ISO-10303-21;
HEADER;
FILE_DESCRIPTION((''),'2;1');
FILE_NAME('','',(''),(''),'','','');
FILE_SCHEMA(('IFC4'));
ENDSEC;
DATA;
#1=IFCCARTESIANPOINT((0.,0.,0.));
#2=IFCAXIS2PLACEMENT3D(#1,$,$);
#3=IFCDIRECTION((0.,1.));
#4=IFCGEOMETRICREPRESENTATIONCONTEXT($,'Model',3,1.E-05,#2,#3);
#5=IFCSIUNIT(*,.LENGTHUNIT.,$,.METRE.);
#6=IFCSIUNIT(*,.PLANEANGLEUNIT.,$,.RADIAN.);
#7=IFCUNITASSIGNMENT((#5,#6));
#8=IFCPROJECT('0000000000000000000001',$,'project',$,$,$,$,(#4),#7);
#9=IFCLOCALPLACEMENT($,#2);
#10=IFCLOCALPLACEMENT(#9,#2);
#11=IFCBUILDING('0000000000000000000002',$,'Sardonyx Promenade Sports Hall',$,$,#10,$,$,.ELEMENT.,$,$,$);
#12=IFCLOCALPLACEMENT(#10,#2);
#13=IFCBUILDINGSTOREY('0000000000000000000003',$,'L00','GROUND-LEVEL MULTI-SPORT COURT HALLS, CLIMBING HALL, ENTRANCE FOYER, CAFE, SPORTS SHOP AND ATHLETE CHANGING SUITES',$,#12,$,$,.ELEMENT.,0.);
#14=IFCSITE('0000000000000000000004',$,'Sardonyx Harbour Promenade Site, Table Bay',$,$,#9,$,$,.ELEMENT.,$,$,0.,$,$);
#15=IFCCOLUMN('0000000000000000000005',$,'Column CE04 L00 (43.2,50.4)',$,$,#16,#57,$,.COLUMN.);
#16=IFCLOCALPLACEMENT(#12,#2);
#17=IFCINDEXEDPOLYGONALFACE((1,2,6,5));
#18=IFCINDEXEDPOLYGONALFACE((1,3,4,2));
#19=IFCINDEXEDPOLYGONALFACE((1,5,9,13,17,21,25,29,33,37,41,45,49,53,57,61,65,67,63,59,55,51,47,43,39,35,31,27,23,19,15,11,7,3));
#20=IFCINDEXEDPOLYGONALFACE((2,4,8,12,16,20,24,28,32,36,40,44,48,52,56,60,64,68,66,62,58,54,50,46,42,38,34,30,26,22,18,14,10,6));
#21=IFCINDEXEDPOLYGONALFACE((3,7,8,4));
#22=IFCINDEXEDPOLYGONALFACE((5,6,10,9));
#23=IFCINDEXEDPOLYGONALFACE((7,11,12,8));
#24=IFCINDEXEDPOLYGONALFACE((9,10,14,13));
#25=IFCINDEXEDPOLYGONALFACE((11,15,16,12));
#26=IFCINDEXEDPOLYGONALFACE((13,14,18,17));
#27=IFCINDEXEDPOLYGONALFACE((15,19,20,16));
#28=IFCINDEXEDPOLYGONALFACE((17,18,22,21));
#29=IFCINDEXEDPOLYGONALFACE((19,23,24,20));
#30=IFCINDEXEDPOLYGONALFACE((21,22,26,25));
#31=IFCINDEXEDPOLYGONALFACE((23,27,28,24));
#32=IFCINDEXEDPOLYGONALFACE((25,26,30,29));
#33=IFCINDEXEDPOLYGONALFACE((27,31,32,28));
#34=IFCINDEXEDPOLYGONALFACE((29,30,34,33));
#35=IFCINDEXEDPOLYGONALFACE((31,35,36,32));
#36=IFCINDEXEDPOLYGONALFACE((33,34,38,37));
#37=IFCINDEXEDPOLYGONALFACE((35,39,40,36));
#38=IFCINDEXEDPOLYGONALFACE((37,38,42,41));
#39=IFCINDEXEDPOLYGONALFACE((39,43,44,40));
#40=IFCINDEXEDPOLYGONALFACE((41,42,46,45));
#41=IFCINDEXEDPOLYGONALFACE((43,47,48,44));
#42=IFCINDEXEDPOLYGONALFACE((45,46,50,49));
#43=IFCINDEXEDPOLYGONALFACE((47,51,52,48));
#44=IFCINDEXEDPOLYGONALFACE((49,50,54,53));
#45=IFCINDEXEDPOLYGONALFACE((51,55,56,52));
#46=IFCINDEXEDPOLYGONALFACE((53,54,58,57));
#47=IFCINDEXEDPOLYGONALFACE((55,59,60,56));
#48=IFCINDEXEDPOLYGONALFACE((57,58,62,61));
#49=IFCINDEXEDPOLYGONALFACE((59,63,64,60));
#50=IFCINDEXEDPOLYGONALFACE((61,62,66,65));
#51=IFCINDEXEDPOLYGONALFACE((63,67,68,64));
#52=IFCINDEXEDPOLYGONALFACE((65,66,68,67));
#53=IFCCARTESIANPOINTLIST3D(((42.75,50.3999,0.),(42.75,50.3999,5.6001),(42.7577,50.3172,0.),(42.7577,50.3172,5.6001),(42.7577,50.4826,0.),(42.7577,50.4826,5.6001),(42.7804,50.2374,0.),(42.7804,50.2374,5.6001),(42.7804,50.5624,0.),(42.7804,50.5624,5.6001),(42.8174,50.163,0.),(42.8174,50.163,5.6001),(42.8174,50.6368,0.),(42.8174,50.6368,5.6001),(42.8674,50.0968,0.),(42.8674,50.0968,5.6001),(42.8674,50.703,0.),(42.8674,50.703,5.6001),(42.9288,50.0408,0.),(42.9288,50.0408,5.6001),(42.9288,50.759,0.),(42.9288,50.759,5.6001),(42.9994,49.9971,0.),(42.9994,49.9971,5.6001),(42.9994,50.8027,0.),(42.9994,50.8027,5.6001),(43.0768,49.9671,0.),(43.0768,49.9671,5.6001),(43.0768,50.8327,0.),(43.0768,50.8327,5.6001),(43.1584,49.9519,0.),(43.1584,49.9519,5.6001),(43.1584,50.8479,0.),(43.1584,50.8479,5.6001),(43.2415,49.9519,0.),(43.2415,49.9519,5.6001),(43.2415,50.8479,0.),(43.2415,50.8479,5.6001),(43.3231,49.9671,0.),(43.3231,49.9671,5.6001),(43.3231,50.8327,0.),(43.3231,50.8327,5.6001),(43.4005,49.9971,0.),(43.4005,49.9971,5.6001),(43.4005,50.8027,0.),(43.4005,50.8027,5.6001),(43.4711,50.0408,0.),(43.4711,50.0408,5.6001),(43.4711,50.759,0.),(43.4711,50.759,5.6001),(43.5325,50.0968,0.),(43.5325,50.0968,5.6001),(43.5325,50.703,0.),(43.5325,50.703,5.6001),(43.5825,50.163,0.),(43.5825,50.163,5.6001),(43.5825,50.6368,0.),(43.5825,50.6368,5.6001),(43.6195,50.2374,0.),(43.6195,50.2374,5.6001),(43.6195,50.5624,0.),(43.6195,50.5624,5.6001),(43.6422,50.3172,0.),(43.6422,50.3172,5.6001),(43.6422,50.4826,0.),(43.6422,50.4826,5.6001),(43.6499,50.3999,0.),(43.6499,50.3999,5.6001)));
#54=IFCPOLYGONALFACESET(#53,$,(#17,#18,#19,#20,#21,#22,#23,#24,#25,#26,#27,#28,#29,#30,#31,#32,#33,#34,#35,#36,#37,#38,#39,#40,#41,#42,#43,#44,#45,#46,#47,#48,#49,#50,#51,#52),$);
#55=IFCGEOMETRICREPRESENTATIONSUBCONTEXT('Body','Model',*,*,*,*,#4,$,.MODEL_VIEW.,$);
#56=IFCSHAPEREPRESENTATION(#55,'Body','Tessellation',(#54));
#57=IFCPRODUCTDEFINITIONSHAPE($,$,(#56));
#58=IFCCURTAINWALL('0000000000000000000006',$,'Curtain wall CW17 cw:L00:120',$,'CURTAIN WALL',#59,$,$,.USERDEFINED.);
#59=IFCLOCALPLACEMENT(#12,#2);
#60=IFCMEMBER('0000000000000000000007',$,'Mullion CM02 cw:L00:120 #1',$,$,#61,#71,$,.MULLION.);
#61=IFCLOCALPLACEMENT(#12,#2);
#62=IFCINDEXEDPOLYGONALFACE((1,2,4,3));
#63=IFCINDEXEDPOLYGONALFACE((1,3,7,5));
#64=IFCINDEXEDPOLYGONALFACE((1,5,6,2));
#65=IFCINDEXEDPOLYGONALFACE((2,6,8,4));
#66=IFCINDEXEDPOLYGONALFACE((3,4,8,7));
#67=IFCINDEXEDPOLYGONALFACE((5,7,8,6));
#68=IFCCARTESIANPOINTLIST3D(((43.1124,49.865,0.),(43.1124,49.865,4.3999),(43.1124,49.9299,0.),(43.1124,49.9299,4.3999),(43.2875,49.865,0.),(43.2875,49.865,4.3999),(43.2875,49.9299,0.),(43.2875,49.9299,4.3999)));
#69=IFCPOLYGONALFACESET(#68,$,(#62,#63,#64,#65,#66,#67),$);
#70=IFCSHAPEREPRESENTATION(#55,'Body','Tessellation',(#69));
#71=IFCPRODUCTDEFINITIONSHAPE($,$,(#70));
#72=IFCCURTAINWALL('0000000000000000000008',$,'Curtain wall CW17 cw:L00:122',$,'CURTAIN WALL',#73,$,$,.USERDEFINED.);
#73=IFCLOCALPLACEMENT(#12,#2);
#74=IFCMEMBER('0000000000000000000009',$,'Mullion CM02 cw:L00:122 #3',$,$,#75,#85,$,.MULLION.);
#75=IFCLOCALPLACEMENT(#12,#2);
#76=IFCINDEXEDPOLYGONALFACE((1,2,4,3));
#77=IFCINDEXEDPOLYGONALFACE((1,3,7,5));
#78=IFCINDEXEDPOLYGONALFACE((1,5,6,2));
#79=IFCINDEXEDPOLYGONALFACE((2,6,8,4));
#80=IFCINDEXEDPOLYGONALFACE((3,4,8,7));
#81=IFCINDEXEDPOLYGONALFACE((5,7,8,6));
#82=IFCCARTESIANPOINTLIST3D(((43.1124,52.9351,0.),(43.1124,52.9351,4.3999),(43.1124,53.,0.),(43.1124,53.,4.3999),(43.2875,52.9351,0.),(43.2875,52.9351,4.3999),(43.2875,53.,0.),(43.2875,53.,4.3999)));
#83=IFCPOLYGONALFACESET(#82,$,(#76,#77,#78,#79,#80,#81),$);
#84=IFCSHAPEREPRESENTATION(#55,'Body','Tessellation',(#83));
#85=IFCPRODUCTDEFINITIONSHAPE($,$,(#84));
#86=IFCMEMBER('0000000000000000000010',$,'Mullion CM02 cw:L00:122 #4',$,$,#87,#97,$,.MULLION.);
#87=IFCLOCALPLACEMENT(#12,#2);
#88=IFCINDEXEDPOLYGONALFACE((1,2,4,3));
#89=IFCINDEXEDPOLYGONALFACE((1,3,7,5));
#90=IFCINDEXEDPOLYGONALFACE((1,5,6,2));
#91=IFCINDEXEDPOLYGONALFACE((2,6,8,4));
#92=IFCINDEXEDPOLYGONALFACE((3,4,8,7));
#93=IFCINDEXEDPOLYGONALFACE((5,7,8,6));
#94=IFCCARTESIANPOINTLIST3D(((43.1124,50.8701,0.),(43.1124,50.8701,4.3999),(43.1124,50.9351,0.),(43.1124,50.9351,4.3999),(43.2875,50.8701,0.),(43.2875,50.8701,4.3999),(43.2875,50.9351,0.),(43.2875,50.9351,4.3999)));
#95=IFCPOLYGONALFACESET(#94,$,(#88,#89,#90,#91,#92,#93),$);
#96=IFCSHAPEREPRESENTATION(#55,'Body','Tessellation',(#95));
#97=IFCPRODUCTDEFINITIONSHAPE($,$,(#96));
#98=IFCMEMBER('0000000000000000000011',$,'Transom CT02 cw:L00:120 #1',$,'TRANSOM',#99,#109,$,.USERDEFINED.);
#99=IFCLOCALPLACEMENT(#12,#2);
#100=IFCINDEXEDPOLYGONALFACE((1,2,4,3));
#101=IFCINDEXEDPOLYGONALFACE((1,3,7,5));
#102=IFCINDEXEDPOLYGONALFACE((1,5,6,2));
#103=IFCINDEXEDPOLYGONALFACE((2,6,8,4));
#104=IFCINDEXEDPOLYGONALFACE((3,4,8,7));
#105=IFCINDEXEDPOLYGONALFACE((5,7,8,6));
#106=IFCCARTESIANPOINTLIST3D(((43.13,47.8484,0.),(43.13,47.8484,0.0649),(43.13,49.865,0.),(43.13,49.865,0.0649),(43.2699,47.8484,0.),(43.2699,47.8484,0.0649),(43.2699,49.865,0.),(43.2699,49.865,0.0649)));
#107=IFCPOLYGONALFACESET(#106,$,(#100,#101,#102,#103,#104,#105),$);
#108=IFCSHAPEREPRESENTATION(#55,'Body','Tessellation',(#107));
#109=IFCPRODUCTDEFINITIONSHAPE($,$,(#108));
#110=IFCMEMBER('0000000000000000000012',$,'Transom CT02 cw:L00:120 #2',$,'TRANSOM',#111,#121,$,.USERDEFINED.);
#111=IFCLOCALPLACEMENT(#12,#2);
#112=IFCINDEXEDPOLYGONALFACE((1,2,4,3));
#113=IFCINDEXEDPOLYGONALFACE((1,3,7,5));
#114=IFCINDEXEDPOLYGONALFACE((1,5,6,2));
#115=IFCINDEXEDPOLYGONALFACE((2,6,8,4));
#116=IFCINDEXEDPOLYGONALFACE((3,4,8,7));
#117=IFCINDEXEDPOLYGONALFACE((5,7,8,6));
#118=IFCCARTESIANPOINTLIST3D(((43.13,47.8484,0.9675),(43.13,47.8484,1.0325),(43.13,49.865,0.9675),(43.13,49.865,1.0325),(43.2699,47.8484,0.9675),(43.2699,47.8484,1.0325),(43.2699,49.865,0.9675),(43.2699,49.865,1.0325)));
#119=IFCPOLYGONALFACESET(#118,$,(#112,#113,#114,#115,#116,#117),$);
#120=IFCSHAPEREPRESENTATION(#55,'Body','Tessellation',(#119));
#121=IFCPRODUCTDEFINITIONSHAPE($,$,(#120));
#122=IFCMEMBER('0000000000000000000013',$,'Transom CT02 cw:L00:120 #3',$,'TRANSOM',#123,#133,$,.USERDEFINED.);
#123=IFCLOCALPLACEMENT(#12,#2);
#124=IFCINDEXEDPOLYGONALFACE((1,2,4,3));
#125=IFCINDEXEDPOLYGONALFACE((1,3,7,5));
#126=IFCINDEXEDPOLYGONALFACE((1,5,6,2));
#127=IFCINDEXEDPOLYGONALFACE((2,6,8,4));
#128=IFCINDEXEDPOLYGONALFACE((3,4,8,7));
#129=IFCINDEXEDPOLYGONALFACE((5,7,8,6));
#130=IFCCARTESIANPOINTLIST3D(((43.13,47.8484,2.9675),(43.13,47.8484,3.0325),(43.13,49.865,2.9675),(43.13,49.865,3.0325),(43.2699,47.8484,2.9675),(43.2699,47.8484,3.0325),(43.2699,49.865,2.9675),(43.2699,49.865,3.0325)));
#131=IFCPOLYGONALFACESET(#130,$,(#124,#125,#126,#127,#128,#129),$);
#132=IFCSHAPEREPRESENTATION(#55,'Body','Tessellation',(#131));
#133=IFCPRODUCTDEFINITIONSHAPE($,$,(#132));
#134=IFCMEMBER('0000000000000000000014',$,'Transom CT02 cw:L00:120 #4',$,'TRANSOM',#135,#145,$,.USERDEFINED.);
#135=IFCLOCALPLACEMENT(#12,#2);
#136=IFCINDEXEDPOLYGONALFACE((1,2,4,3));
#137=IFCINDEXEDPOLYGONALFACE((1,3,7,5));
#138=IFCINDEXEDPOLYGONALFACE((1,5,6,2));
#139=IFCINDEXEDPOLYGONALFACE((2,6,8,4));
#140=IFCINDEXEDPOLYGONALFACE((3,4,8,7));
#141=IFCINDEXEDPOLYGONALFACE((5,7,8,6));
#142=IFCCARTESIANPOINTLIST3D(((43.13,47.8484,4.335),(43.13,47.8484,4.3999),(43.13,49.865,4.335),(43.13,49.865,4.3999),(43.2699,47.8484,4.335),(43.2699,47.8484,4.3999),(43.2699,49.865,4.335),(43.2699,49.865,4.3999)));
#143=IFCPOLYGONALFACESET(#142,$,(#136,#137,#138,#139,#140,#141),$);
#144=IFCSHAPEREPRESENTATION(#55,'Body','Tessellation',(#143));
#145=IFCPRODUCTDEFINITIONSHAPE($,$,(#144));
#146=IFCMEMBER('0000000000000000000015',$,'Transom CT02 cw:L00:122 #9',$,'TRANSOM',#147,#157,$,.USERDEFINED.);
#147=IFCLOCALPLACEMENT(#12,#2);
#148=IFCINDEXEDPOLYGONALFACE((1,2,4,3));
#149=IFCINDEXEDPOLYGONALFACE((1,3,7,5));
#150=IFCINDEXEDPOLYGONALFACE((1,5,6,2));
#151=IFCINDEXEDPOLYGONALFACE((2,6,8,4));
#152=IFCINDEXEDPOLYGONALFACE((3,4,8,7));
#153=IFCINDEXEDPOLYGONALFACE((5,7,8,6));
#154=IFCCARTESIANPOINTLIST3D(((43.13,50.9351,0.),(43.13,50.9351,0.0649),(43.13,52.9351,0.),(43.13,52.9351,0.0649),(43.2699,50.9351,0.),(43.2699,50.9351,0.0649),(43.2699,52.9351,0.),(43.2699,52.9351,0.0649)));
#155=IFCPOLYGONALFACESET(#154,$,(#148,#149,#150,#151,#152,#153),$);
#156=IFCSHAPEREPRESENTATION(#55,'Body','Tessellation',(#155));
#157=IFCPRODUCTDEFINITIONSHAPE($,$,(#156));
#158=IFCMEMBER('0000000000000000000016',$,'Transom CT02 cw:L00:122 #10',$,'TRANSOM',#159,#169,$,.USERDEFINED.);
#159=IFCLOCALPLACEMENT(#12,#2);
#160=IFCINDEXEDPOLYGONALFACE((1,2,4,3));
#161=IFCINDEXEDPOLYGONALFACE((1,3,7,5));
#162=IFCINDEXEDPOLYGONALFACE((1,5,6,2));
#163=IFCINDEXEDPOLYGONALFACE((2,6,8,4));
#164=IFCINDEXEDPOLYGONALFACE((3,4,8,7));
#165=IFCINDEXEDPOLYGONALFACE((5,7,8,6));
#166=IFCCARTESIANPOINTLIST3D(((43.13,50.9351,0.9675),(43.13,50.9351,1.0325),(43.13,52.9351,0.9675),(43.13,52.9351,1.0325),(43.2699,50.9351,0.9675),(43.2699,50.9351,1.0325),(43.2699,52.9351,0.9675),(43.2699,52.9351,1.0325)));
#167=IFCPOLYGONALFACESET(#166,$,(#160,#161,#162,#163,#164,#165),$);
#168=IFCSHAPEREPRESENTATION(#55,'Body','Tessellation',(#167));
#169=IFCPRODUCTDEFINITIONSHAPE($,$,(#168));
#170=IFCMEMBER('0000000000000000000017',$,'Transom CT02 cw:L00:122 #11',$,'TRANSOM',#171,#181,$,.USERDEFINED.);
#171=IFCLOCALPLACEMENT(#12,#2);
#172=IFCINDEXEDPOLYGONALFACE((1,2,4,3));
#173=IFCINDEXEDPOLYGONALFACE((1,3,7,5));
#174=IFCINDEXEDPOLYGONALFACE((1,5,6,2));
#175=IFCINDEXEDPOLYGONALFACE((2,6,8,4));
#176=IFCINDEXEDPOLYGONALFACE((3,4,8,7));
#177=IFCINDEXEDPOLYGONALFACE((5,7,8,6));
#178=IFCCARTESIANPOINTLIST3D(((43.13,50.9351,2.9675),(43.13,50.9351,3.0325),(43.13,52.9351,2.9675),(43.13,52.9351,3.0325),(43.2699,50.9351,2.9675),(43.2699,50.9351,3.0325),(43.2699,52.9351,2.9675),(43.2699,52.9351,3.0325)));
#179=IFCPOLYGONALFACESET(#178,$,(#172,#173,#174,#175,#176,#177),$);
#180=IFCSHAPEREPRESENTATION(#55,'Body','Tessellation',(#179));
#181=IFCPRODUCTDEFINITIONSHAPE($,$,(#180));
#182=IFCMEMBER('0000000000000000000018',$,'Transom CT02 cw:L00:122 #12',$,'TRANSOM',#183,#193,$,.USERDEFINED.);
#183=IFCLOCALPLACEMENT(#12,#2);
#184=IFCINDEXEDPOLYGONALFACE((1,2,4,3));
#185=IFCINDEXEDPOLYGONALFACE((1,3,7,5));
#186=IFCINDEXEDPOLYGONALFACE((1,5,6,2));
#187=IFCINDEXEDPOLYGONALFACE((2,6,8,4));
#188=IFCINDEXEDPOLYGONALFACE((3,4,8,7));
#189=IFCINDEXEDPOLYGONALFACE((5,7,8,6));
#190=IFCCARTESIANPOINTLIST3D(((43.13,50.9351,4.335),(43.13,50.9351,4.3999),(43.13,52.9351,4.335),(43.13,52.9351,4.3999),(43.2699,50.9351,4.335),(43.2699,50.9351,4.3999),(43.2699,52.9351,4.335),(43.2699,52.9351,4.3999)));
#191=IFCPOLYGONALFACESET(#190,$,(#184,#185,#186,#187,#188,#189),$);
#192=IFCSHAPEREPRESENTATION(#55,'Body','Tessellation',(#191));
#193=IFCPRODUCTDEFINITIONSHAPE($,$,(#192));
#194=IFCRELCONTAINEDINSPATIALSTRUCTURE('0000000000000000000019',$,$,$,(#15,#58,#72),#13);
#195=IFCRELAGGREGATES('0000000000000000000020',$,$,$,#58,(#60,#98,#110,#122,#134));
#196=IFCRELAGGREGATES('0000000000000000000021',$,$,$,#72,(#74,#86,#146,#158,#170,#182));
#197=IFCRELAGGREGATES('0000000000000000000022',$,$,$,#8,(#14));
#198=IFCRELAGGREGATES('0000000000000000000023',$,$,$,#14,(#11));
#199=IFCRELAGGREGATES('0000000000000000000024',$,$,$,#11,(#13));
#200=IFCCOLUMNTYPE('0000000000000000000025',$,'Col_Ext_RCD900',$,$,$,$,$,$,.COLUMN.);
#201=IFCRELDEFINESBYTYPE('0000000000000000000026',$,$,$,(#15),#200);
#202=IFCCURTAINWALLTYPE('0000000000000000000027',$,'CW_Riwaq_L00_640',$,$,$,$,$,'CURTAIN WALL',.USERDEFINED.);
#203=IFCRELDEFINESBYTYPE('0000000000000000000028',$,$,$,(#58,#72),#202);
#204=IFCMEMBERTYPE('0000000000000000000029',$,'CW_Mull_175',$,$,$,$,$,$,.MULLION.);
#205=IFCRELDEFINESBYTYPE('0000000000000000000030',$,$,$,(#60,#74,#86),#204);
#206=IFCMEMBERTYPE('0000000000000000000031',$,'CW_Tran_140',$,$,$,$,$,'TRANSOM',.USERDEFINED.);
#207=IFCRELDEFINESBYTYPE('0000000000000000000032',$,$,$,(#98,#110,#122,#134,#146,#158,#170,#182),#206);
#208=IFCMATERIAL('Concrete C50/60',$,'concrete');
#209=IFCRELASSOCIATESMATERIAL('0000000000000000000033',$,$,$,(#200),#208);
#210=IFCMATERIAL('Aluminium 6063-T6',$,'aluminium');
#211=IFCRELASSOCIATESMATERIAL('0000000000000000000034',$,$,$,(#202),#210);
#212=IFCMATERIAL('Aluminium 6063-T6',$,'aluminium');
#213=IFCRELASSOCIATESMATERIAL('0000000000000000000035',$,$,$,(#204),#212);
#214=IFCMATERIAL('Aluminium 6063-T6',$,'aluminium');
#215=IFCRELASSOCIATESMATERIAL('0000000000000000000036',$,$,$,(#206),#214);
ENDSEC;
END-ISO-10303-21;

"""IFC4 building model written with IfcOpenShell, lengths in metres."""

from ifc_helpers import new_model, si_unit, direction, frame, origin, origin_2d, place, context, subcontext, project, spatial, rectangle, circle, extrude, material, material_profile, profile_set, type_object, element, aggregate, save


model = new_model("IFC4")

# Units and contexts
model_context = context("Model", 3, precision=1e-05, world=origin(), true_north=direction((0.0, 1.0)))
body_context = subcontext(model_context, "Body", "Model", "MODEL_VIEW")
ifc_project = project(units=[si_unit("LENGTHUNIT", "METRE"), si_unit("PLANEANGLEUNIT", "RADIAN")], contexts=[model_context])

# Site, building, storey
site_placement = place(None, origin())
site = spatial("IfcSite", under=ifc_project, at=site_placement, Name="Sardonyx Harbour Promenade Site, Table Bay", CompositionType="ELEMENT", RefElevation=0.0)
building_placement = place(site_placement, origin())
building = spatial("IfcBuilding", under=site, at=building_placement, Name="Sardonyx Promenade Sports Hall", CompositionType="ELEMENT")
storey_placement = place(building_placement, origin())
storey = spatial("IfcBuildingStorey", under=building, at=storey_placement, Name="L00", Description="GROUND-LEVEL MULTI-SPORT COURT HALLS, CLIMBING HALL, ENTRANCE FOYER, CAFE, SPORTS SHOP AND ATHLETE CHANGING SUITES", CompositionType="ELEMENT", Elevation=0.0)

# Column
ifc_material_1 = material(Name="Concrete C50/60", Category="concrete")
ifc_material_profile_1 = material_profile(ifc_material_1, circle(Radius=0.45, at=origin_2d()))
ifc_profile_set_1 = profile_set([ifc_material_profile_1], Name="Concrete C50/60")
column_type = type_object("IfcColumnType", Name="Col_Ext_RCD900", PredefinedType="COLUMN", material=ifc_profile_set_1)
column_placement = place(storey_placement, frame((43.2, 50.3999, 0.0), z_axis=(0.0, 0.0, 1.0), x_axis=(1.0, 0.0, 0.0)))
element("IfcColumn", 1, at=column_placement, inside=storey, type_object=column_type, Name="Column CE04 L00 (43.2,50.4)", PredefinedType="COLUMN", context=body_context, shape_type="SweptSolid", body=[
    extrude(circle(Radius=0.45, at=origin_2d()), origin(), (0.0, 0.0, 1.0), 5.6001),
])

# Curtain wall, member
ifc_material_2 = material(Name="Aluminium 6063-T6", Category="aluminium")
curtain_wall_type = type_object("IfcCurtainWallType", Name="CW_Riwaq_L00_640", ElementType="CURTAIN WALL", PredefinedType="USERDEFINED", material=ifc_material_2)
curtain_wall_1_placement = place(storey_placement, origin())
curtain_wall_1 = element("IfcCurtainWall", 2, at=curtain_wall_1_placement, inside=storey, type_object=curtain_wall_type, Name="Curtain wall CW17 cw:L00:120", ObjectType="CURTAIN WALL", PredefinedType="USERDEFINED")
ifc_material_3 = material(Name="Aluminium 6063-T6", Category="aluminium")
ifc_material_profile_2 = material_profile(ifc_material_3, rectangle(XDim=0.0649, YDim=0.175, at=origin_2d()))
ifc_profile_set_2 = profile_set([ifc_material_profile_2], Name="Aluminium 6063-T6")
member_type_1 = type_object("IfcMemberType", Name="CW_Mull_175", PredefinedType="MULLION", material=ifc_profile_set_2)
member_1_placement = place(storey_placement, frame((43.2, 49.8975, 0.0), z_axis=(0.0, 0.0, 1.0), x_axis=(0.0, -1.0, 0.0)))
member_1 = element("IfcMember", 3, at=member_1_placement, type_object=member_type_1, Name="Mullion CM02 cw:L00:120 #1", PredefinedType="MULLION", context=body_context, shape_type="SweptSolid", body=[
    extrude(rectangle(XDim=0.0649, YDim=0.175, at=origin_2d()), origin(), (0.0, 0.0, 1.0), 4.3999),
])

# Curtain wall, members
curtain_wall_2_placement = place(storey_placement, origin())
curtain_wall_2 = element("IfcCurtainWall", 4, at=curtain_wall_2_placement, inside=storey, type_object=curtain_wall_type, Name="Curtain wall CW17 cw:L00:122", ObjectType="CURTAIN WALL", PredefinedType="USERDEFINED")
member_2_placement = place(storey_placement, frame((43.2, 52.9675, 0.0), z_axis=(0.0, 0.0, 1.0), x_axis=(0.0, -1.0, 0.0)))
member_2 = element("IfcMember", 5, at=member_2_placement, type_object=member_type_1, Name="Mullion CM02 cw:L00:122 #3", PredefinedType="MULLION", context=body_context, shape_type="SweptSolid", body=[
    extrude(rectangle(XDim=0.0649, YDim=0.175, at=origin_2d()), origin(), (0.0, 0.0, 1.0), 4.3999),
])
member_3_placement = place(storey_placement, frame((43.2, 50.9026, 0.0), z_axis=(0.0, 0.0, 1.0), x_axis=(0.0, -1.0, 0.0)))
member_3 = element("IfcMember", 6, at=member_3_placement, type_object=member_type_1, Name="Mullion CM02 cw:L00:122 #4", PredefinedType="MULLION", context=body_context, shape_type="SweptSolid", body=[
    extrude(rectangle(XDim=0.0649, YDim=0.175, at=origin_2d()), origin(), (0.0, 0.0, 1.0), 4.3999),
])

# Members
ifc_material_4 = material(Name="Aluminium 6063-T6", Category="aluminium")
ifc_material_profile_3 = material_profile(ifc_material_4, rectangle(XDim=0.0649, YDim=0.1399, at=origin_2d()))
ifc_profile_set_3 = profile_set([ifc_material_profile_3], Name="Aluminium 6063-T6")
member_type_2 = type_object("IfcMemberType", Name="CW_Tran_140", ElementType="TRANSOM", PredefinedType="USERDEFINED", material=ifc_profile_set_3)
member_4_placement = place(storey_placement, frame((43.2, 49.865, 0.0325), z_axis=(0.0, -1.0, 0.0), x_axis=(0.0, 0.0, 1.0)))
member_4 = element("IfcMember", 7, at=member_4_placement, type_object=member_type_2, Name="Transom CT02 cw:L00:120 #1", ObjectType="TRANSOM", PredefinedType="USERDEFINED", context=body_context, shape_type="SweptSolid", body=[
    extrude(rectangle(XDim=0.0649, YDim=0.1399, at=origin_2d()), origin(), (0.0, 0.0, 1.0), 2.0166),
])
member_5_placement = place(storey_placement, frame((43.2, 49.865, 1.0), z_axis=(0.0, -1.0, 0.0), x_axis=(0.0, 0.0, 1.0)))
member_5 = element("IfcMember", 8, at=member_5_placement, type_object=member_type_2, Name="Transom CT02 cw:L00:120 #2", ObjectType="TRANSOM", PredefinedType="USERDEFINED", context=body_context, shape_type="SweptSolid", body=[
    extrude(rectangle(XDim=0.0649, YDim=0.1399, at=origin_2d()), origin(), (0.0, 0.0, 1.0), 2.0166),
])
member_6_placement = place(storey_placement, frame((43.2, 49.865, 3.0), z_axis=(0.0, -1.0, 0.0), x_axis=(0.0, 0.0, 1.0)))
member_6 = element("IfcMember", 9, at=member_6_placement, type_object=member_type_2, Name="Transom CT02 cw:L00:120 #3", ObjectType="TRANSOM", PredefinedType="USERDEFINED", context=body_context, shape_type="SweptSolid", body=[
    extrude(rectangle(XDim=0.0649, YDim=0.1399, at=origin_2d()), origin(), (0.0, 0.0, 1.0), 2.0166),
])
member_7_placement = place(storey_placement, frame((43.2, 49.865, 4.3674), z_axis=(0.0, -1.0, 0.0), x_axis=(0.0, 0.0, 1.0)))
member_7 = element("IfcMember", 10, at=member_7_placement, type_object=member_type_2, Name="Transom CT02 cw:L00:120 #4", ObjectType="TRANSOM", PredefinedType="USERDEFINED", context=body_context, shape_type="SweptSolid", body=[
    extrude(rectangle(XDim=0.0649, YDim=0.1399, at=origin_2d()), origin(), (0.0, 0.0, 1.0), 2.0166),
])
member_8_placement = place(storey_placement, frame((43.2, 52.9351, 0.0325), z_axis=(0.0, -1.0, 0.0), x_axis=(0.0, 0.0, 1.0)))
member_8 = element("IfcMember", 11, at=member_8_placement, type_object=member_type_2, Name="Transom CT02 cw:L00:122 #9", ObjectType="TRANSOM", PredefinedType="USERDEFINED", context=body_context, shape_type="SweptSolid", body=[
    extrude(rectangle(XDim=0.0649, YDim=0.1399, at=origin_2d()), origin(), (0.0, 0.0, 1.0), 2.0),
])
member_9_placement = place(storey_placement, frame((43.2, 52.9351, 1.0), z_axis=(0.0, -1.0, 0.0), x_axis=(0.0, 0.0, 1.0)))
member_9 = element("IfcMember", 12, at=member_9_placement, type_object=member_type_2, Name="Transom CT02 cw:L00:122 #10", ObjectType="TRANSOM", PredefinedType="USERDEFINED", context=body_context, shape_type="SweptSolid", body=[
    extrude(rectangle(XDim=0.0649, YDim=0.1399, at=origin_2d()), origin(), (0.0, 0.0, 1.0), 2.0),
])
member_10_placement = place(storey_placement, frame((43.2, 52.9351, 3.0), z_axis=(0.0, -1.0, 0.0), x_axis=(0.0, 0.0, 1.0)))
member_10 = element("IfcMember", 13, at=member_10_placement, type_object=member_type_2, Name="Transom CT02 cw:L00:122 #11", ObjectType="TRANSOM", PredefinedType="USERDEFINED", context=body_context, shape_type="SweptSolid", body=[
    extrude(rectangle(XDim=0.0649, YDim=0.1399, at=origin_2d()), origin(), (0.0, 0.0, 1.0), 2.0),
])
member_11_placement = place(storey_placement, frame((43.2, 52.9351, 4.3674), z_axis=(0.0, -1.0, 0.0), x_axis=(0.0, 0.0, 1.0)))
member_11 = element("IfcMember", 14, at=member_11_placement, type_object=member_type_2, Name="Transom CT02 cw:L00:122 #12", ObjectType="TRANSOM", PredefinedType="USERDEFINED", context=body_context, shape_type="SweptSolid", body=[
    extrude(rectangle(XDim=0.0649, YDim=0.1399, at=origin_2d()), origin(), (0.0, 0.0, 1.0), 2.0),
])

aggregate(curtain_wall_1, [member_1, member_4, member_5, member_6, member_7])
aggregate(curtain_wall_2, [member_2, member_3, member_8, member_9, member_10, member_11])

save(model, "model.ifc")
